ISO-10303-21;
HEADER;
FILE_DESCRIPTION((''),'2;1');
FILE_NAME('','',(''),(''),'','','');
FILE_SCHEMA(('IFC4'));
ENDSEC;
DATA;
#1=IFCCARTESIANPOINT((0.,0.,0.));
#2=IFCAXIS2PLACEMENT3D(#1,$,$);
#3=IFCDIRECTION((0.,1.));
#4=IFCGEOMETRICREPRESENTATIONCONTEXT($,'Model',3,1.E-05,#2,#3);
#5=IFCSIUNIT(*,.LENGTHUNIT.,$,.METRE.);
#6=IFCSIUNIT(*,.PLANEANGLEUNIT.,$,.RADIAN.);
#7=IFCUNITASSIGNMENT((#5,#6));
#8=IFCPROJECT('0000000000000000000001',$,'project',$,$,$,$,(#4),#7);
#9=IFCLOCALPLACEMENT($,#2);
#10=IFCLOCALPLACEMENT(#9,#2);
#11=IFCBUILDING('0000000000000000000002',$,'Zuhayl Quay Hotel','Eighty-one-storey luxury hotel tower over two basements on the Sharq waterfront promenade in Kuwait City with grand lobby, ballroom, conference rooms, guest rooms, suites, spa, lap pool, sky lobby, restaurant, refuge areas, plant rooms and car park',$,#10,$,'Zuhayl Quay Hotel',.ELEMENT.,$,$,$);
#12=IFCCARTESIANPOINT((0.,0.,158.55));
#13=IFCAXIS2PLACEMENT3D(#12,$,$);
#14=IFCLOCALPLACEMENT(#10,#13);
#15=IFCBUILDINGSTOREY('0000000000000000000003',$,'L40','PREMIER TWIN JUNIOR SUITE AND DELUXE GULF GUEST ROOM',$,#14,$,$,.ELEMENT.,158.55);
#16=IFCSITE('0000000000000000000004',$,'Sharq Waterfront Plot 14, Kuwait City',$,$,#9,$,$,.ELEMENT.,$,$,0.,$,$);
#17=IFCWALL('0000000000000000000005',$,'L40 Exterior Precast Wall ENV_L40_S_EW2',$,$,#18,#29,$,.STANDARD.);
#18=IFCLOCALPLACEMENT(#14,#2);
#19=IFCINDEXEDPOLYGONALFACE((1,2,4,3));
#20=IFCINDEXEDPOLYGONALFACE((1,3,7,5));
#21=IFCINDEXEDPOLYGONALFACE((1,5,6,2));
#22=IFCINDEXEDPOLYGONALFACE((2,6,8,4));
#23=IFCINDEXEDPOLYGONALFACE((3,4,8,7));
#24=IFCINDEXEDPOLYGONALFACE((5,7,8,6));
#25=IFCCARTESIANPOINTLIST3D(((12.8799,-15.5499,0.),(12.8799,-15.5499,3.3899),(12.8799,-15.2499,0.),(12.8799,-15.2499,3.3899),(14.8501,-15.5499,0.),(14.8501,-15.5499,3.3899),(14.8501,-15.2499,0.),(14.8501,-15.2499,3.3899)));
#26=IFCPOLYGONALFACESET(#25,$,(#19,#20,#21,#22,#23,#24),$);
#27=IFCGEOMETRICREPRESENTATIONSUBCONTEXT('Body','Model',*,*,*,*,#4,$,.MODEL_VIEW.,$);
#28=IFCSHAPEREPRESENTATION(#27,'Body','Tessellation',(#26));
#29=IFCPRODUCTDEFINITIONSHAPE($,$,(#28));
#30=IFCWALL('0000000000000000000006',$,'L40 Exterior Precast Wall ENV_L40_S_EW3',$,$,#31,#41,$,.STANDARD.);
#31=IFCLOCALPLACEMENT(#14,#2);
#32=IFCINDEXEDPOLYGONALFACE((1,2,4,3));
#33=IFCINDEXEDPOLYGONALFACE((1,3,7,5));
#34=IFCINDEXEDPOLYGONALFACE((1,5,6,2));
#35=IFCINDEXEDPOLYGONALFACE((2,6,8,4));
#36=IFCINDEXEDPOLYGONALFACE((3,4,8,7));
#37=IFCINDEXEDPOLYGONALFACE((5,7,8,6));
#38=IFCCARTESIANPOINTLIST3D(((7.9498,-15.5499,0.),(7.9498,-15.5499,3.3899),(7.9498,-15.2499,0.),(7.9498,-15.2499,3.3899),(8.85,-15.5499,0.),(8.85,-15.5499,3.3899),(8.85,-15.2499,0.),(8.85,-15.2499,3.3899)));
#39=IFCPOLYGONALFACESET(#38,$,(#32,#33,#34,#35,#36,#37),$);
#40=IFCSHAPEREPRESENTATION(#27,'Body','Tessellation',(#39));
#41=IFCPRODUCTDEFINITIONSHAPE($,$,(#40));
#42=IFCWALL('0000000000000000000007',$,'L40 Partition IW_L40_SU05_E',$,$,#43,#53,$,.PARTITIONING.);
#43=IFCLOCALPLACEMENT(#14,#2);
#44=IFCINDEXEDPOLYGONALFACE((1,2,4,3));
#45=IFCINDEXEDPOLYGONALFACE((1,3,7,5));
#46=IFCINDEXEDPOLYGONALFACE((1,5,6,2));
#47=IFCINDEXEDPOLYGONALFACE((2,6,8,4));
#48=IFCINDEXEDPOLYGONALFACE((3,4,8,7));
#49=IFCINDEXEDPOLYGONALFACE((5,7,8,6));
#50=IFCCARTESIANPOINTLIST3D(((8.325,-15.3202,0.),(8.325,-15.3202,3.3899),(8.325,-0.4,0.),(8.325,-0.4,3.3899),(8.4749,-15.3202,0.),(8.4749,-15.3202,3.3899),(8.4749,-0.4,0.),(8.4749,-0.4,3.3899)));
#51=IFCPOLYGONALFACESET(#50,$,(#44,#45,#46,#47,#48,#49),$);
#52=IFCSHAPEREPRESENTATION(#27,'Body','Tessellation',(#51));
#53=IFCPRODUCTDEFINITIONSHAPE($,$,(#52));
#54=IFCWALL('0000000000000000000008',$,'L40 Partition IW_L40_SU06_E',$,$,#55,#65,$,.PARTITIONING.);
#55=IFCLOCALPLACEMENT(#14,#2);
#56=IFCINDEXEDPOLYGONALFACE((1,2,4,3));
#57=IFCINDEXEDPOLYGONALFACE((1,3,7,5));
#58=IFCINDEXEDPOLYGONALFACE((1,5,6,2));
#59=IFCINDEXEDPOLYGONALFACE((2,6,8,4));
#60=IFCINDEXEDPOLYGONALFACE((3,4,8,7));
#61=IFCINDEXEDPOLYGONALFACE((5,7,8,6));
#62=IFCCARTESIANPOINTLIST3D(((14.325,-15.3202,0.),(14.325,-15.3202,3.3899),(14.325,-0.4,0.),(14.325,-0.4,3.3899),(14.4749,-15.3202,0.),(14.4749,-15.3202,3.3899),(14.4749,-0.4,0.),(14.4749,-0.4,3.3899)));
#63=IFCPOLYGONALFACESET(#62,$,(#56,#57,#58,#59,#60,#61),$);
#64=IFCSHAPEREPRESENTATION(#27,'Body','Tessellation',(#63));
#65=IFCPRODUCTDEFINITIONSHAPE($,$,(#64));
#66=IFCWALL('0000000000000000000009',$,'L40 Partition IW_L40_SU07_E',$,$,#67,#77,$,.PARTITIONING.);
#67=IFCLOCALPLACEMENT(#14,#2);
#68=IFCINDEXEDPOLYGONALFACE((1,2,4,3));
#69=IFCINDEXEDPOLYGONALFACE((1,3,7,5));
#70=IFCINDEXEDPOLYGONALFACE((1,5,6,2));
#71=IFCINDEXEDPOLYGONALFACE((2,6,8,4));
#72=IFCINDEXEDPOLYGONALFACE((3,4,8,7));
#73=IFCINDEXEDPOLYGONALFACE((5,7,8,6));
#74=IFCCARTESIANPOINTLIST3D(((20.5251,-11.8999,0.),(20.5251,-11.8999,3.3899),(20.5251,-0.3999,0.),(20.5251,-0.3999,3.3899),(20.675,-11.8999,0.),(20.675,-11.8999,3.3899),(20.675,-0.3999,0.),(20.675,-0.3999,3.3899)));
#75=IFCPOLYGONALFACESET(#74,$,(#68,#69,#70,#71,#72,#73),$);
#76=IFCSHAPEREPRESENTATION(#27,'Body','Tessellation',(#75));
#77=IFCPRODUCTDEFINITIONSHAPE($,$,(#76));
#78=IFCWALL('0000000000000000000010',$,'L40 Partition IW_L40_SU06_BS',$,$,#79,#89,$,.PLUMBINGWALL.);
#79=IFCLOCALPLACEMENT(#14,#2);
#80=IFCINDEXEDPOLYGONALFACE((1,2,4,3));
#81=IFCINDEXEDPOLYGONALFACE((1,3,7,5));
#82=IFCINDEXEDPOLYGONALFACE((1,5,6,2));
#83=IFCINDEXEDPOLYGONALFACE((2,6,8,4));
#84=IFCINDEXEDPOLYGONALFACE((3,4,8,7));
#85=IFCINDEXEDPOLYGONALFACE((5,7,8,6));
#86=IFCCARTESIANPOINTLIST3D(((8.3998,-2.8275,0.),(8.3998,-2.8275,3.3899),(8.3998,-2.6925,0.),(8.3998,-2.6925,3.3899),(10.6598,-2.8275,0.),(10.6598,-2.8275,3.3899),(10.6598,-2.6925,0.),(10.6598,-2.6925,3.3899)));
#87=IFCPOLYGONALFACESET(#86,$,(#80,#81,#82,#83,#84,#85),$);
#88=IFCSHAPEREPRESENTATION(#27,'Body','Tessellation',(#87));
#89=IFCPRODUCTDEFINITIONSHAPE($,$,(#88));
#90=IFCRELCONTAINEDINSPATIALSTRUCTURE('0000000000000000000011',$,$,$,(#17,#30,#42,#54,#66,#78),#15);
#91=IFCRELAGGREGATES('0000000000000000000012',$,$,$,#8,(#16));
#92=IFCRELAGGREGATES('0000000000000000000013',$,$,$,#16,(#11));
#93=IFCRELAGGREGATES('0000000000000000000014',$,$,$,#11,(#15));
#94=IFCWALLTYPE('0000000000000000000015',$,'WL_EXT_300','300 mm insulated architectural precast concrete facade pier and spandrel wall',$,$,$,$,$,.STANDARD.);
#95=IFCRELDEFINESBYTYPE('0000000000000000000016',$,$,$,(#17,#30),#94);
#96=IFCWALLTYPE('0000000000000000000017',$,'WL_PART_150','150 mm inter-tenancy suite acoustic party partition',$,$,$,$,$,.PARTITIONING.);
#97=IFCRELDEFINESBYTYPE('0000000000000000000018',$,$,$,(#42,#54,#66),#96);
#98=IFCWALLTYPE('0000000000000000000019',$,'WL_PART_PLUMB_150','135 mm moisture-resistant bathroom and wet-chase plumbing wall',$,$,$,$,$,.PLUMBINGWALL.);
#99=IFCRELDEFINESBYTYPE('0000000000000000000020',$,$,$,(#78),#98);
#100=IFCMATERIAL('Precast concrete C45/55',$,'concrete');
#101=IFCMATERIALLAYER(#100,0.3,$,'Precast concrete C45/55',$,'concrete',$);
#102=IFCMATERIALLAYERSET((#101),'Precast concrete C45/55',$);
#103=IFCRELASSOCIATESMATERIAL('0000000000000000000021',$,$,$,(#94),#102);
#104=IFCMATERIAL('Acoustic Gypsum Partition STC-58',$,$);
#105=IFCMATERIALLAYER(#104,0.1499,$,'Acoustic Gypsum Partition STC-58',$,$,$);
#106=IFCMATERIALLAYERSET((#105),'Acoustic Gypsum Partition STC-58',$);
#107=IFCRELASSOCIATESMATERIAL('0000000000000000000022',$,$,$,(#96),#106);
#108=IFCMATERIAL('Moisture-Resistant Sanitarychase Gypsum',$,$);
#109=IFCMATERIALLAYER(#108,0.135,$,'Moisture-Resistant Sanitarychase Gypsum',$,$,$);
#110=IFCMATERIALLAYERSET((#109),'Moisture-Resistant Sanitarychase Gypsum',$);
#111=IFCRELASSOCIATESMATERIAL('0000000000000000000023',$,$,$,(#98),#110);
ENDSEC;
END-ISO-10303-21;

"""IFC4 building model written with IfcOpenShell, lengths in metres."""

from ifc_helpers import new_model, si_unit, direction, frame, frame_2d, origin, place, context, subcontext, project, spatial, rectangle, extrude, material, layer, layer_set, type_object, element, save


model = new_model("IFC4")

# Units and contexts
model_context = context("Model", 3, precision=1e-05, world=origin(), true_north=direction((0.0, 1.0)))
body_context = subcontext(model_context, "Body", "Model", "MODEL_VIEW")
ifc_project = project(units=[si_unit("LENGTHUNIT", "METRE"), si_unit("PLANEANGLEUNIT", "RADIAN")], contexts=[model_context])

# Site, building, storey
site_placement = place(None, origin())
site = spatial("IfcSite", under=ifc_project, at=site_placement, Name="Sharq Waterfront Plot 14, Kuwait City", CompositionType="ELEMENT", RefElevation=0.0)
building_placement = place(site_placement, origin())
building = spatial("IfcBuilding", under=site, at=building_placement, Name="Zuhayl Quay Hotel", Description="Eighty-one-storey luxury hotel tower over two basements on the Sharq waterfront promenade in Kuwait City with grand lobby, ballroom, conference rooms, guest rooms, suites, spa, lap pool, sky lobby, restaurant, refuge areas, plant rooms and car park", LongName="Zuhayl Quay Hotel", CompositionType="ELEMENT")
storey_placement = place(building_placement, frame((0.0, 0.0, 158.55)))
storey = spatial("IfcBuildingStorey", under=building, at=storey_placement, Name="L40", Description="PREMIER TWIN JUNIOR SUITE AND DELUXE GULF GUEST ROOM", CompositionType="ELEMENT", Elevation=158.55)

# Shared definitions
ifc_material_1 = material(Name="Precast concrete C45/55", Category="concrete")
ifc_layer_1 = layer(ifc_material_1, 0.3, Name="Precast concrete C45/55", Category="concrete")
ifc_layer_set_1 = layer_set([ifc_layer_1], Name="Precast concrete C45/55")
wall_type_1 = type_object("IfcWallType", Name="WL_EXT_300", Description="300 mm insulated architectural precast concrete facade pier and spandrel wall", PredefinedType="STANDARD", material=ifc_layer_set_1)

# Walls
wall_1_placement = place(storey_placement, frame((14.8501, -15.3999, 0.0), z_axis=(0.0, 0.0, 1.0), x_axis=(-1.0, 0.0, 0.0)))
element("IfcWall", 1, at=wall_1_placement, inside=storey, type_object=wall_type_1, Name="L40 Exterior Precast Wall ENV_L40_S_EW2", PredefinedType="STANDARD", context=body_context, shape_type="SweptSolid", body=[
    extrude(rectangle(XDim=1.9702, YDim=0.3, at=frame_2d((0.9851, 0.0))), origin(), (0.0, 0.0, 1.0), 3.3899),
])
wall_2_placement = place(storey_placement, frame((8.8501, -15.3999, 0.0), z_axis=(0.0, 0.0, 1.0), x_axis=(-1.0, 0.0, 0.0)))
element("IfcWall", 2, at=wall_2_placement, inside=storey, type_object=wall_type_1, Name="L40 Exterior Precast Wall ENV_L40_S_EW3", PredefinedType="STANDARD", context=body_context, shape_type="SweptSolid", body=[
    extrude(rectangle(XDim=0.9001, YDim=0.3, at=frame_2d((0.4502, 0.0))), origin(), (0.0, 0.0, 1.0), 3.3899),
])
ifc_material_2 = material(Name="Acoustic Gypsum Partition STC-58")
ifc_layer_2 = layer(ifc_material_2, 0.1499, Name="Acoustic Gypsum Partition STC-58")
ifc_layer_set_2 = layer_set([ifc_layer_2], Name="Acoustic Gypsum Partition STC-58")
wall_type_2 = type_object("IfcWallType", Name="WL_PART_150", Description="150 mm inter-tenancy suite acoustic party partition", PredefinedType="PARTITIONING", material=ifc_layer_set_2)
for number, where, z_axis, x_axis, name in (
    (3, (8.3999, -15.3201, 0.0), (0.0, 0.0, 1.0), (0.0, 1.0, 0.0), "L40 Partition IW_L40_SU05_E"),
    (4, (14.3999, -15.3201, 0.0), (0.0, 0.0, 1.0), (0.0, 1.0, 0.0), "L40 Partition IW_L40_SU06_E"),
):
    element("IfcWall", number, at=place(storey_placement, frame(where, z_axis=z_axis, x_axis=x_axis)), inside=storey, type_object=wall_type_2, Name=name, PredefinedType="PARTITIONING", context=body_context, shape_type="SweptSolid", body=[
        extrude(rectangle(XDim=14.9202, YDim=0.1499, at=frame_2d((7.46, 0.0))), origin(), (0.0, 0.0, 1.0), 3.3899),
    ])
wall_3_placement = place(storey_placement, frame((20.6001, -11.8999, 0.0), z_axis=(0.0, 0.0, 1.0), x_axis=(0.0, 1.0, 0.0)))
element("IfcWall", 5, at=wall_3_placement, inside=storey, type_object=wall_type_2, Name="L40 Partition IW_L40_SU07_E", PredefinedType="PARTITIONING", context=body_context, shape_type="SweptSolid", body=[
    extrude(rectangle(XDim=11.5, YDim=0.1499, at=frame_2d((5.75, 0.0))), origin(), (0.0, 0.0, 1.0), 3.3899),
])
ifc_material_3 = material(Name="Moisture-Resistant Sanitarychase Gypsum")
ifc_layer_3 = layer(ifc_material_3, 0.135, Name="Moisture-Resistant Sanitarychase Gypsum")
ifc_layer_set_3 = layer_set([ifc_layer_3], Name="Moisture-Resistant Sanitarychase Gypsum")
wall_type_3 = type_object("IfcWallType", Name="WL_PART_PLUMB_150", Description="135 mm moisture-resistant bathroom and wet-chase plumbing wall", PredefinedType="PLUMBINGWALL", material=ifc_layer_set_3)
wall_4_placement = place(storey_placement, frame((8.3999, -2.76, 0.0), z_axis=(0.0, 0.0, 1.0), x_axis=(1.0, 0.0, 0.0)))
element("IfcWall", 6, at=wall_4_placement, inside=storey, type_object=wall_type_3, Name="L40 Partition IW_L40_SU06_BS", PredefinedType="PLUMBINGWALL", context=body_context, shape_type="SweptSolid", body=[
    extrude(rectangle(XDim=2.26, YDim=0.135, at=frame_2d((1.1299, 0.0))), origin(), (0.0, 0.0, 1.0), 3.3899),
])

save(model, "model.ifc")
